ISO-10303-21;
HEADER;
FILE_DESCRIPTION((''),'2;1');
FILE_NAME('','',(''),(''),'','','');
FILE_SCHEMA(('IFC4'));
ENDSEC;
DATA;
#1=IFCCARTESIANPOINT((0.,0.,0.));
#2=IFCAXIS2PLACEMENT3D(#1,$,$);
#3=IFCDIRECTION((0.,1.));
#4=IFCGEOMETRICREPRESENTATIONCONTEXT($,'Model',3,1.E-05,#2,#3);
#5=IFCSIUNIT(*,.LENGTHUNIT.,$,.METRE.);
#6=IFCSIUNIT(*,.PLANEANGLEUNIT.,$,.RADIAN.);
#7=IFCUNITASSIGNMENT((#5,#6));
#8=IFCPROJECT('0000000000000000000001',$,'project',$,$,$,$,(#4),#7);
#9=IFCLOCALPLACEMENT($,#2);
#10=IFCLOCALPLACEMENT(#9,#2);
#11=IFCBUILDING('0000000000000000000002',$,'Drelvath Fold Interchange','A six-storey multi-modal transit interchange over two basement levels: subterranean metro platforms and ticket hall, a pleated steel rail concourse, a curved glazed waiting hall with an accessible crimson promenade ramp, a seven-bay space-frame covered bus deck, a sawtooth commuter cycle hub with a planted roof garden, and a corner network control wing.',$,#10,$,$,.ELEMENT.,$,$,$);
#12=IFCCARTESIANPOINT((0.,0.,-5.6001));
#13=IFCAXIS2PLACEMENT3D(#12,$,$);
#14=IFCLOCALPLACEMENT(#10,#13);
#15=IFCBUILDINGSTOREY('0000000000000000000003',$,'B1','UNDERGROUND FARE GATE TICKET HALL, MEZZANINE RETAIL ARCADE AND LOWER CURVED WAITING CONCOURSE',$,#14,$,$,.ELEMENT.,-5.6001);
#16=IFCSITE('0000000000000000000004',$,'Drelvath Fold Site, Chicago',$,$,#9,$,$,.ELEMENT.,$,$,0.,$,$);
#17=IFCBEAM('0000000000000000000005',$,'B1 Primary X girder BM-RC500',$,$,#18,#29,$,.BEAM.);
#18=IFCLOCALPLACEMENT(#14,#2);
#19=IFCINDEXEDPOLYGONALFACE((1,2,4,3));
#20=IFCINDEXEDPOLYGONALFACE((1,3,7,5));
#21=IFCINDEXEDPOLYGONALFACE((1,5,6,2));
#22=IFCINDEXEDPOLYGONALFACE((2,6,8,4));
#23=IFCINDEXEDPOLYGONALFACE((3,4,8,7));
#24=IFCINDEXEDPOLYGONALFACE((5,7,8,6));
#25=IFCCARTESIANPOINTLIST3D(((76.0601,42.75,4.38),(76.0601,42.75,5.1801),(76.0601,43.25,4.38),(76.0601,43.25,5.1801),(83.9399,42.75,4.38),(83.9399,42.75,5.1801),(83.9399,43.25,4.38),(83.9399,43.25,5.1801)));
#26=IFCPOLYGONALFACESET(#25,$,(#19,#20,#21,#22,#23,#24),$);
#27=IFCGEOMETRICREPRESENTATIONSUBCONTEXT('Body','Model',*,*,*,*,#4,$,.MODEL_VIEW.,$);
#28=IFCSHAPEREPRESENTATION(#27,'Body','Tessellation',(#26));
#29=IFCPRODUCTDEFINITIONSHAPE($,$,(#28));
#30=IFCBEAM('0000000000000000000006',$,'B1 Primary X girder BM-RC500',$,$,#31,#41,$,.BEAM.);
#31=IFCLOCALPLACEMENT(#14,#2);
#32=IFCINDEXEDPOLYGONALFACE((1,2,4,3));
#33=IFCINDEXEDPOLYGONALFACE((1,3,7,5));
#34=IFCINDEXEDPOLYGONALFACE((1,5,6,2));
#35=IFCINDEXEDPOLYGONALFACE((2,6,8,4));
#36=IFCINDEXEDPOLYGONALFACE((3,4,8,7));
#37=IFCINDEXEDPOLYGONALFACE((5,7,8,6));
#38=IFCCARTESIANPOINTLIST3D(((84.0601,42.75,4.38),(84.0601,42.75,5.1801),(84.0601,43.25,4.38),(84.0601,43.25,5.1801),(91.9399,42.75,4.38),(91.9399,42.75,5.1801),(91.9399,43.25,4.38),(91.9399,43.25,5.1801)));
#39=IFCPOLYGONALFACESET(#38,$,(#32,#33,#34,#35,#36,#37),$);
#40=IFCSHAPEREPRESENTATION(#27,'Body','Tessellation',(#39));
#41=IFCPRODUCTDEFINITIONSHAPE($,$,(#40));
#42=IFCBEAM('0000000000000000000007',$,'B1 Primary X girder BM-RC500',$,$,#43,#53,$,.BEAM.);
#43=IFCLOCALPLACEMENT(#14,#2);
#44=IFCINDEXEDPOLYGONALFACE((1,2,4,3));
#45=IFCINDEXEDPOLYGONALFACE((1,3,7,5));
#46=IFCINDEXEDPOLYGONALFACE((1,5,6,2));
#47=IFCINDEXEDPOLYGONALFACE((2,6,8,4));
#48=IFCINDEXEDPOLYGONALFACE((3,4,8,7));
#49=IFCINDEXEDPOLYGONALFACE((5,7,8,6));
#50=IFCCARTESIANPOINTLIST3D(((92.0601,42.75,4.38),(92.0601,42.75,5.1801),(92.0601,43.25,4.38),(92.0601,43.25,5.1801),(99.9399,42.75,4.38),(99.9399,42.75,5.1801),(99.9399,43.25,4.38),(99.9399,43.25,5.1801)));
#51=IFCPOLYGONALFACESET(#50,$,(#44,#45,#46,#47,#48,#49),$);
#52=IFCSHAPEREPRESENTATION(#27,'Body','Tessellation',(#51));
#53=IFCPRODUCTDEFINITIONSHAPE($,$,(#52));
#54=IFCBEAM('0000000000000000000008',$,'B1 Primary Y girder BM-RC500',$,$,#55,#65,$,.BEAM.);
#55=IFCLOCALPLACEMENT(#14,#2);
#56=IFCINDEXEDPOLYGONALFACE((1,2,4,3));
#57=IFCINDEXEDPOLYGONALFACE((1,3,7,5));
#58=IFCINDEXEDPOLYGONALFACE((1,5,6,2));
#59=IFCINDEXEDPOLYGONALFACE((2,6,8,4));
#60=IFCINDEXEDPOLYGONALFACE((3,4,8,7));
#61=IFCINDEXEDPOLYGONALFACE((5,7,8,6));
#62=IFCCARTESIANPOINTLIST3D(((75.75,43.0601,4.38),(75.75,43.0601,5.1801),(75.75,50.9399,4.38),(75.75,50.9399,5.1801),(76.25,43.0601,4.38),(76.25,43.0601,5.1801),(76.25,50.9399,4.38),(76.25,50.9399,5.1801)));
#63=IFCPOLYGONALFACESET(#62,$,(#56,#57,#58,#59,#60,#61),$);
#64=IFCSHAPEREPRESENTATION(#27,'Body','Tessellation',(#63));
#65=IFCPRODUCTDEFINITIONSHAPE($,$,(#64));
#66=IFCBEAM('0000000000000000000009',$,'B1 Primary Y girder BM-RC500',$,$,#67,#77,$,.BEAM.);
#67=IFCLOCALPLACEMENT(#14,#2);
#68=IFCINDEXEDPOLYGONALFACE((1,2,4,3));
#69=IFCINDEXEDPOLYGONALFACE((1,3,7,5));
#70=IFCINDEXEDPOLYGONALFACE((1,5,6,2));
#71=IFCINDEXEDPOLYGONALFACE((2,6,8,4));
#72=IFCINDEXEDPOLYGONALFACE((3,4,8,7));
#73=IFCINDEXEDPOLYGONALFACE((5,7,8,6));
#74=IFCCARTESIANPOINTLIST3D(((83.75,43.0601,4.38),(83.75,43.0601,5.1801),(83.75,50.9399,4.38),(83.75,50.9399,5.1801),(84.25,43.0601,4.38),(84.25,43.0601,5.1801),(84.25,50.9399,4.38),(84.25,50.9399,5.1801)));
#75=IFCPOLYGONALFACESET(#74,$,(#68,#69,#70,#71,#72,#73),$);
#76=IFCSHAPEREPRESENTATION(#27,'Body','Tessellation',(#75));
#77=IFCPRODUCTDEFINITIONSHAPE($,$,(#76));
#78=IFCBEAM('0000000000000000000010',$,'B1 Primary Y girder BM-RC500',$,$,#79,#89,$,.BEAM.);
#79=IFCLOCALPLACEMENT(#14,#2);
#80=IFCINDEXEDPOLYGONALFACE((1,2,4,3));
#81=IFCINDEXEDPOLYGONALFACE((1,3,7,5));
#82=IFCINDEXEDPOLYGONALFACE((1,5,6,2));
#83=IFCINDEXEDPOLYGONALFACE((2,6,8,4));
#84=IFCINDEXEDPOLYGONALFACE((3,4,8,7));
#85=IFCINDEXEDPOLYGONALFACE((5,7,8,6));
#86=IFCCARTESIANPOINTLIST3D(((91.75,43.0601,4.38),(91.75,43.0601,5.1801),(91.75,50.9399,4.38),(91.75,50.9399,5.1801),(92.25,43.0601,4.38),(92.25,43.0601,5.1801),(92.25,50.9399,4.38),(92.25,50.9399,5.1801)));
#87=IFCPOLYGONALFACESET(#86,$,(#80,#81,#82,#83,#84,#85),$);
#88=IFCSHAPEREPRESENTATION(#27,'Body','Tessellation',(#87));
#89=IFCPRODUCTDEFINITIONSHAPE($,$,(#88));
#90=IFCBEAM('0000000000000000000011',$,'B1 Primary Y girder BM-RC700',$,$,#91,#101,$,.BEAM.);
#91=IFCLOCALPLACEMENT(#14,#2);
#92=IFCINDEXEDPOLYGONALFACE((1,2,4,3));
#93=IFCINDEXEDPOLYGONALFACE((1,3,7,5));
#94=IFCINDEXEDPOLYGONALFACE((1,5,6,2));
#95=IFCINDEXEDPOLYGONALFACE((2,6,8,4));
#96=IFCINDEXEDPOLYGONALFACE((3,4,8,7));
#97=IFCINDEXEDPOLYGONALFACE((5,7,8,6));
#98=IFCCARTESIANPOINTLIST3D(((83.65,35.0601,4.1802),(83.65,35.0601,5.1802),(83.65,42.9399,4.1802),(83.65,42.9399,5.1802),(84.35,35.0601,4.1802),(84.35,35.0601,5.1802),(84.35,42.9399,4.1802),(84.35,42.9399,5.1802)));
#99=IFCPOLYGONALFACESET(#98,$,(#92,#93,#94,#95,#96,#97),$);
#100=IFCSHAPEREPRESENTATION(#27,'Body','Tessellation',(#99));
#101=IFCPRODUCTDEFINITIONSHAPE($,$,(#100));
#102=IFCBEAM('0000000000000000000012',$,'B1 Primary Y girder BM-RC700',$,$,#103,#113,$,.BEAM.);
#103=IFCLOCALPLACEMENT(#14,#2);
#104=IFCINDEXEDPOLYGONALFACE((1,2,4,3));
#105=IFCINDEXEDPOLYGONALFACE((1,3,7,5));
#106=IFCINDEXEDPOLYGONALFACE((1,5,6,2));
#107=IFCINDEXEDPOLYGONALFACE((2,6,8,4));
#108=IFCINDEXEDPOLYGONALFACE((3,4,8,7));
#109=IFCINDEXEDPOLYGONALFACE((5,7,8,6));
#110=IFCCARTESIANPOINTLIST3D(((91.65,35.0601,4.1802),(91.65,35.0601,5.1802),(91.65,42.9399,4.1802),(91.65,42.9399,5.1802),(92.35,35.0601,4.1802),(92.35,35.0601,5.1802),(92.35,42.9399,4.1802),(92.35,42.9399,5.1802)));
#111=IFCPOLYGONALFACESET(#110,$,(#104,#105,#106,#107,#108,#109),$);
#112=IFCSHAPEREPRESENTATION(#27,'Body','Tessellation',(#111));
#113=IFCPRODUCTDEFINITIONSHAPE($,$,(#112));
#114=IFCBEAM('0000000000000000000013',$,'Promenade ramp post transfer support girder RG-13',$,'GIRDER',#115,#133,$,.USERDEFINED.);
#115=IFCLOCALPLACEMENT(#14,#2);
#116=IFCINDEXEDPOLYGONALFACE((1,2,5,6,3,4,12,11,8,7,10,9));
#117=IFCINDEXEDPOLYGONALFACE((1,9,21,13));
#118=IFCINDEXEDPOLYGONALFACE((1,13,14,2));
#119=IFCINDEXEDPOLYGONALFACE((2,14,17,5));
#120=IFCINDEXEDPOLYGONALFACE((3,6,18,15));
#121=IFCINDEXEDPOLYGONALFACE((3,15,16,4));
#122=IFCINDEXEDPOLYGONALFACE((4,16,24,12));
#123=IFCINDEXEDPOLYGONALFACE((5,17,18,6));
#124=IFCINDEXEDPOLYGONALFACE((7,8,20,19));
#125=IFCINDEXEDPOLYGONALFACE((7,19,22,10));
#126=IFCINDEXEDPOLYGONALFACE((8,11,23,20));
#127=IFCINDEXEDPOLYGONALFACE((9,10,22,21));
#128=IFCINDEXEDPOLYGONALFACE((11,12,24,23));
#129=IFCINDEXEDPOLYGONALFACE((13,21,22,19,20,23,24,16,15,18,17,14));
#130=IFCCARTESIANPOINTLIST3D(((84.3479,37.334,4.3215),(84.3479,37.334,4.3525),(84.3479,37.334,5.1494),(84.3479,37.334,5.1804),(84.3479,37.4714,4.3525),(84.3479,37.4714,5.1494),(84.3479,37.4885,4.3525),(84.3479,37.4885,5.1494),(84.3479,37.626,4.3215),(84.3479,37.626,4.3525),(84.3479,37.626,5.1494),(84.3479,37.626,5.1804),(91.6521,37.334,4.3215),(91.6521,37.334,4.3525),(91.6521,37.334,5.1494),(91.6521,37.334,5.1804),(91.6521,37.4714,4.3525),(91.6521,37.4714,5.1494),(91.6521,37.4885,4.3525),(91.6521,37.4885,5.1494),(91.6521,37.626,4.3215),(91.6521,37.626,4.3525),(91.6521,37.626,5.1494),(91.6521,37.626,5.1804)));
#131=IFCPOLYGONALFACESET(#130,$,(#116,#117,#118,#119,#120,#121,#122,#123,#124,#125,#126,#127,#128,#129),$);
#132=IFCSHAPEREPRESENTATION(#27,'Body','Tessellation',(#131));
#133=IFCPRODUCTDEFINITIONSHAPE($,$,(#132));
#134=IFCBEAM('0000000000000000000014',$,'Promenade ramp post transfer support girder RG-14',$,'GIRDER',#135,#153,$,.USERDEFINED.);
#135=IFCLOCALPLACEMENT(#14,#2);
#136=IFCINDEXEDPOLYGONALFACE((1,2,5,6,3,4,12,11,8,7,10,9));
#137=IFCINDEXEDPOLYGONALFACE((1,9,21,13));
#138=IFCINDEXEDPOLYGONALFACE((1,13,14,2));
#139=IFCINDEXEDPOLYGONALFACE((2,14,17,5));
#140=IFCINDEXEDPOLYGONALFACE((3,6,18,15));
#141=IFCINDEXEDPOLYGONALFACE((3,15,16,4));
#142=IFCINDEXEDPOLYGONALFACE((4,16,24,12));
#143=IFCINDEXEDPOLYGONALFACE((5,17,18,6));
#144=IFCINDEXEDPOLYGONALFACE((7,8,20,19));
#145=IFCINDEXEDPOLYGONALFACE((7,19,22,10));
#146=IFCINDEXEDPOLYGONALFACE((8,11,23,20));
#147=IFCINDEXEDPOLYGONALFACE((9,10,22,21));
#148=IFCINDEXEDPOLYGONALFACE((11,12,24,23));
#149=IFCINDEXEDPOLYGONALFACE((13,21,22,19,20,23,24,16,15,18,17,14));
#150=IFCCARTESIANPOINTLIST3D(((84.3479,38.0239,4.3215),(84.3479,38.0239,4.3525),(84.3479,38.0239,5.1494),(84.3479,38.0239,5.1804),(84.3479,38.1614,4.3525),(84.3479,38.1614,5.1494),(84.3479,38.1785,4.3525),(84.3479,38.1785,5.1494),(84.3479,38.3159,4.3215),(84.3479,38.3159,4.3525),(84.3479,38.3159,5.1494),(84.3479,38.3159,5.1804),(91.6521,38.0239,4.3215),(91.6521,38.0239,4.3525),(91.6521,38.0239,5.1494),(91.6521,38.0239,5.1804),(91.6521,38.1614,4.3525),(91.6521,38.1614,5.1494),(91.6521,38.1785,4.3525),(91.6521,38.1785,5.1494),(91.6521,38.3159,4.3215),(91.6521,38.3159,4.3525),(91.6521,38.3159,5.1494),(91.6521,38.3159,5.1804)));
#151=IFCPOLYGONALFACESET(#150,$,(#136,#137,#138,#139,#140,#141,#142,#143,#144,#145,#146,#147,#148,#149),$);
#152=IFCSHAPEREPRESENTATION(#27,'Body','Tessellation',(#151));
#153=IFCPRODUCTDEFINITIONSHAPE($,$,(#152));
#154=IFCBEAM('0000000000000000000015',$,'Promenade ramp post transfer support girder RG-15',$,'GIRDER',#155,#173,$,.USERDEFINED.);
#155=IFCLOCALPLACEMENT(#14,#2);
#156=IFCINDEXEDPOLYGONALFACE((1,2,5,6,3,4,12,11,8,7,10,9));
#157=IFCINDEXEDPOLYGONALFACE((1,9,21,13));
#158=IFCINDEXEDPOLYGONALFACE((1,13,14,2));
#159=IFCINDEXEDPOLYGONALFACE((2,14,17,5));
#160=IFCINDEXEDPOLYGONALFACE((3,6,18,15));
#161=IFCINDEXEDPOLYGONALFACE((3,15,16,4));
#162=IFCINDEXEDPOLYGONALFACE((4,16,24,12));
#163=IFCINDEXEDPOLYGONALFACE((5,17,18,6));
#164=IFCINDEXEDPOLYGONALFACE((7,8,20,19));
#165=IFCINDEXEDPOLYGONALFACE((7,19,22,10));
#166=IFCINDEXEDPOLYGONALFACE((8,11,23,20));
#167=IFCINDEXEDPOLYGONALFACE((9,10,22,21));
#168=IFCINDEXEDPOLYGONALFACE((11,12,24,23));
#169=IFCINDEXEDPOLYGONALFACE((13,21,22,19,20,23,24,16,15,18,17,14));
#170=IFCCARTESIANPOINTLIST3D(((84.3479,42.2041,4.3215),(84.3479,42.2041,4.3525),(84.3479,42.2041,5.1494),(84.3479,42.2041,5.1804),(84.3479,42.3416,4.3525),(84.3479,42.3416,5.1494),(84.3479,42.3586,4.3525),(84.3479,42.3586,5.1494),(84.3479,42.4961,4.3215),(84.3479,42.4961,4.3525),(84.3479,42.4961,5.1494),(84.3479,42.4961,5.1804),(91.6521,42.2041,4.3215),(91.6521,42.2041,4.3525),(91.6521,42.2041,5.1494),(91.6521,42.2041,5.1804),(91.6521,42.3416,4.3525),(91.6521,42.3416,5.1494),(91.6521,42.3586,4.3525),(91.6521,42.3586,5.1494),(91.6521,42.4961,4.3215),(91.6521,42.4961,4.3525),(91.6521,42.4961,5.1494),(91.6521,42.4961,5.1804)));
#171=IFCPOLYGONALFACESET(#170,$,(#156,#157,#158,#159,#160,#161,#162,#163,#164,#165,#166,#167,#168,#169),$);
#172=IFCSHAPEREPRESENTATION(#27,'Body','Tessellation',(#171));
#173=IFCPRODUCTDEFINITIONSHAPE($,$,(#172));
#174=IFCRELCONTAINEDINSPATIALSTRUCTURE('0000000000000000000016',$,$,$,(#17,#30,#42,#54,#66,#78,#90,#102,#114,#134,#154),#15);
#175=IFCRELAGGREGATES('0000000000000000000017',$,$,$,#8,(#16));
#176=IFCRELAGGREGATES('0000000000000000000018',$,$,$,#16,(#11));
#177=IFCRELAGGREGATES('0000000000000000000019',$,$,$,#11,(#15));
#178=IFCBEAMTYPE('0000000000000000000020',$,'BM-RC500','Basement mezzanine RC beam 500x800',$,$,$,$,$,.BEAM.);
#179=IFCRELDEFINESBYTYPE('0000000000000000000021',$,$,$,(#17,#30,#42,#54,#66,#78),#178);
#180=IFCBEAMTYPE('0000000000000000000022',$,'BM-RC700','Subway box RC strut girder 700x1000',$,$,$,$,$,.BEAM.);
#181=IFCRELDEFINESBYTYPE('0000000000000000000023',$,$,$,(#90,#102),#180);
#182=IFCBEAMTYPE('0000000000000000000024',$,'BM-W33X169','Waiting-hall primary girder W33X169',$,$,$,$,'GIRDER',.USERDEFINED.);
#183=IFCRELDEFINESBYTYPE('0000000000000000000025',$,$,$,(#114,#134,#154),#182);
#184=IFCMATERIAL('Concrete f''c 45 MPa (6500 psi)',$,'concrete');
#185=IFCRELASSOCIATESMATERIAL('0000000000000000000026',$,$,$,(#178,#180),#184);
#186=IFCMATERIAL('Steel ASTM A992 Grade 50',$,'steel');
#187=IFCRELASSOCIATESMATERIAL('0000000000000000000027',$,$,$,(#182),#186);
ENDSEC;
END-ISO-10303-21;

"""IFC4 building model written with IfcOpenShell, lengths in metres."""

from ifc_helpers import new_model, si_unit, direction, frame, origin, origin_2d, place, context, subcontext, project, spatial, rectangle, i_section, extrude, material, material_profile, profile_set, type_object, element, save


model = new_model("IFC4")

# Units and contexts
model_context = context("Model", 3, precision=1e-05, world=origin(), true_north=direction((0.0, 1.0)))
body_context = subcontext(model_context, "Body", "Model", "MODEL_VIEW")
ifc_project = project(units=[si_unit("LENGTHUNIT", "METRE"), si_unit("PLANEANGLEUNIT", "RADIAN")], contexts=[model_context])

# Site, building, storey
site_placement = place(None, origin())
site = spatial("IfcSite", under=ifc_project, at=site_placement, Name="Drelvath Fold Site, Chicago", CompositionType="ELEMENT", RefElevation=0.0)
building_placement = place(site_placement, origin())
building = spatial("IfcBuilding", under=site, at=building_placement, Name="Drelvath Fold Interchange", Description="A six-storey multi-modal transit interchange over two basement levels: subterranean metro platforms and ticket hall, a pleated steel rail concourse, a curved glazed waiting hall with an accessible crimson promenade ramp, a seven-bay space-frame covered bus deck, a sawtooth commuter cycle hub with a planted roof garden, and a corner network control wing.", CompositionType="ELEMENT")
storey_placement = place(building_placement, frame((0.0, 0.0, -5.6001)))
storey = spatial("IfcBuildingStorey", under=building, at=storey_placement, Name="B1", Description="UNDERGROUND FARE GATE TICKET HALL, MEZZANINE RETAIL ARCADE AND LOWER CURVED WAITING CONCOURSE", CompositionType="ELEMENT", Elevation=-5.6001)

# Beams
ifc_material_1 = material(Name="Concrete f'c 45 MPa (6500 psi)", Category="concrete")
ifc_material_profile_1 = material_profile(ifc_material_1, rectangle(XDim=0.5, YDim=0.8, at=origin_2d()), Name="RC 500x800")
ifc_profile_set_1 = profile_set([ifc_material_profile_1], Name="Concrete f'c 45 MPa (6500 psi)")
beam_type_1 = type_object("IfcBeamType", Name="BM-RC500", Description="Basement mezzanine RC beam 500x800", PredefinedType="BEAM", material=ifc_profile_set_1)
for number, where, z_axis, x_axis, name in (
    (1, (76.0601, 43.0, 4.78), (1.0, 0.0, 0.0), (0.0, 1.0, 0.0), "B1 Primary X girder BM-RC500"),
    (2, (84.0601, 43.0, 4.78), (1.0, 0.0, 0.0), (0.0, 1.0, 0.0), "B1 Primary X girder BM-RC500"),
    (3, (92.0601, 43.0, 4.78), (1.0, 0.0, 0.0), (0.0, 1.0, 0.0), "B1 Primary X girder BM-RC500"),
    (4, (76.0, 43.0601, 4.78), (0.0, 1.0, 0.0), (-1.0, 0.0, 0.0), "B1 Primary Y girder BM-RC500"),
    (5, (84.0, 43.0601, 4.78), (0.0, 1.0, 0.0), (-1.0, 0.0, 0.0), "B1 Primary Y girder BM-RC500"),
    (6, (92.0, 43.0601, 4.78), (0.0, 1.0, 0.0), (-1.0, 0.0, 0.0), "B1 Primary Y girder BM-RC500"),
):
    element("IfcBeam", number, at=place(storey_placement, frame(where, z_axis=z_axis, x_axis=x_axis)), inside=storey, type_object=beam_type_1, Name=name, PredefinedType="BEAM", context=body_context, shape_type="SweptSolid", body=[
        extrude(rectangle(XDim=0.5, YDim=0.8, at=origin_2d()), origin(), (0.0, 0.0, 1.0), 7.8799),
    ])
ifc_material_profile_2 = material_profile(ifc_material_1, rectangle(XDim=0.7, YDim=1.0, at=origin_2d()), Name="RC 700x1000")
ifc_profile_set_2 = profile_set([ifc_material_profile_2], Name="Concrete f'c 45 MPa (6500 psi)")
beam_type_2 = type_object("IfcBeamType", Name="BM-RC700", Description="Subway box RC strut girder 700x1000", PredefinedType="BEAM", material=ifc_profile_set_2)
for number, where, z_axis, x_axis, name in (
    (7, (84.0, 35.0601, 4.6802), (0.0, 1.0, 0.0), (-1.0, 0.0, 0.0), "B1 Primary Y girder BM-RC700"),
    (8, (92.0, 35.0601, 4.6802), (0.0, 1.0, 0.0), (-1.0, 0.0, 0.0), "B1 Primary Y girder BM-RC700"),
):
    element("IfcBeam", number, at=place(storey_placement, frame(where, z_axis=z_axis, x_axis=x_axis)), inside=storey, type_object=beam_type_2, Name=name, PredefinedType="BEAM", context=body_context, shape_type="SweptSolid", body=[
        extrude(rectangle(XDim=0.7, YDim=1.0, at=origin_2d()), origin(), (0.0, 0.0, 1.0), 7.8799),
    ])
ifc_material_2 = material(Name="Steel ASTM A992 Grade 50", Category="steel")
ifc_material_profile_3 = material_profile(ifc_material_2, i_section(OverallWidth=0.292, OverallDepth=0.8589, WebThickness=0.0171, FlangeThickness=0.031, at=origin_2d()), Name="W33X169")
ifc_profile_set_3 = profile_set([ifc_material_profile_3], Name="Steel ASTM A992 Grade 50")
beam_type_3 = type_object("IfcBeamType", Name="BM-W33X169", Description="Waiting-hall primary girder W33X169", ElementType="GIRDER", PredefinedType="USERDEFINED", material=ifc_profile_set_3)
for number, where, z_axis, x_axis, name in (
    (9, (84.3479, 37.48, 4.751), (1.0, 0.0, 0.0), (0.0, 1.0, 0.0), "Promenade ramp post transfer support girder RG-13"),
    (10, (84.3479, 38.1699, 4.751), (1.0, 0.0, 0.0), (0.0, 1.0, 0.0), "Promenade ramp post transfer support girder RG-14"),
    (11, (84.3479, 42.3501, 4.751), (1.0, 0.0, 0.0), (0.0, 1.0, 0.0), "Promenade ramp post transfer support girder RG-15"),
):
    element("IfcBeam", number, at=place(storey_placement, frame(where, z_axis=z_axis, x_axis=x_axis)), inside=storey, type_object=beam_type_3, Name=name, ObjectType="GIRDER", PredefinedType="USERDEFINED", context=body_context, shape_type="SweptSolid", body=[
        extrude(i_section(OverallWidth=0.292, OverallDepth=0.8589, WebThickness=0.0171, FlangeThickness=0.031, at=origin_2d()), origin(), (0.0, 0.0, 1.0), 7.3042),
    ])

save(model, "model.ifc")
